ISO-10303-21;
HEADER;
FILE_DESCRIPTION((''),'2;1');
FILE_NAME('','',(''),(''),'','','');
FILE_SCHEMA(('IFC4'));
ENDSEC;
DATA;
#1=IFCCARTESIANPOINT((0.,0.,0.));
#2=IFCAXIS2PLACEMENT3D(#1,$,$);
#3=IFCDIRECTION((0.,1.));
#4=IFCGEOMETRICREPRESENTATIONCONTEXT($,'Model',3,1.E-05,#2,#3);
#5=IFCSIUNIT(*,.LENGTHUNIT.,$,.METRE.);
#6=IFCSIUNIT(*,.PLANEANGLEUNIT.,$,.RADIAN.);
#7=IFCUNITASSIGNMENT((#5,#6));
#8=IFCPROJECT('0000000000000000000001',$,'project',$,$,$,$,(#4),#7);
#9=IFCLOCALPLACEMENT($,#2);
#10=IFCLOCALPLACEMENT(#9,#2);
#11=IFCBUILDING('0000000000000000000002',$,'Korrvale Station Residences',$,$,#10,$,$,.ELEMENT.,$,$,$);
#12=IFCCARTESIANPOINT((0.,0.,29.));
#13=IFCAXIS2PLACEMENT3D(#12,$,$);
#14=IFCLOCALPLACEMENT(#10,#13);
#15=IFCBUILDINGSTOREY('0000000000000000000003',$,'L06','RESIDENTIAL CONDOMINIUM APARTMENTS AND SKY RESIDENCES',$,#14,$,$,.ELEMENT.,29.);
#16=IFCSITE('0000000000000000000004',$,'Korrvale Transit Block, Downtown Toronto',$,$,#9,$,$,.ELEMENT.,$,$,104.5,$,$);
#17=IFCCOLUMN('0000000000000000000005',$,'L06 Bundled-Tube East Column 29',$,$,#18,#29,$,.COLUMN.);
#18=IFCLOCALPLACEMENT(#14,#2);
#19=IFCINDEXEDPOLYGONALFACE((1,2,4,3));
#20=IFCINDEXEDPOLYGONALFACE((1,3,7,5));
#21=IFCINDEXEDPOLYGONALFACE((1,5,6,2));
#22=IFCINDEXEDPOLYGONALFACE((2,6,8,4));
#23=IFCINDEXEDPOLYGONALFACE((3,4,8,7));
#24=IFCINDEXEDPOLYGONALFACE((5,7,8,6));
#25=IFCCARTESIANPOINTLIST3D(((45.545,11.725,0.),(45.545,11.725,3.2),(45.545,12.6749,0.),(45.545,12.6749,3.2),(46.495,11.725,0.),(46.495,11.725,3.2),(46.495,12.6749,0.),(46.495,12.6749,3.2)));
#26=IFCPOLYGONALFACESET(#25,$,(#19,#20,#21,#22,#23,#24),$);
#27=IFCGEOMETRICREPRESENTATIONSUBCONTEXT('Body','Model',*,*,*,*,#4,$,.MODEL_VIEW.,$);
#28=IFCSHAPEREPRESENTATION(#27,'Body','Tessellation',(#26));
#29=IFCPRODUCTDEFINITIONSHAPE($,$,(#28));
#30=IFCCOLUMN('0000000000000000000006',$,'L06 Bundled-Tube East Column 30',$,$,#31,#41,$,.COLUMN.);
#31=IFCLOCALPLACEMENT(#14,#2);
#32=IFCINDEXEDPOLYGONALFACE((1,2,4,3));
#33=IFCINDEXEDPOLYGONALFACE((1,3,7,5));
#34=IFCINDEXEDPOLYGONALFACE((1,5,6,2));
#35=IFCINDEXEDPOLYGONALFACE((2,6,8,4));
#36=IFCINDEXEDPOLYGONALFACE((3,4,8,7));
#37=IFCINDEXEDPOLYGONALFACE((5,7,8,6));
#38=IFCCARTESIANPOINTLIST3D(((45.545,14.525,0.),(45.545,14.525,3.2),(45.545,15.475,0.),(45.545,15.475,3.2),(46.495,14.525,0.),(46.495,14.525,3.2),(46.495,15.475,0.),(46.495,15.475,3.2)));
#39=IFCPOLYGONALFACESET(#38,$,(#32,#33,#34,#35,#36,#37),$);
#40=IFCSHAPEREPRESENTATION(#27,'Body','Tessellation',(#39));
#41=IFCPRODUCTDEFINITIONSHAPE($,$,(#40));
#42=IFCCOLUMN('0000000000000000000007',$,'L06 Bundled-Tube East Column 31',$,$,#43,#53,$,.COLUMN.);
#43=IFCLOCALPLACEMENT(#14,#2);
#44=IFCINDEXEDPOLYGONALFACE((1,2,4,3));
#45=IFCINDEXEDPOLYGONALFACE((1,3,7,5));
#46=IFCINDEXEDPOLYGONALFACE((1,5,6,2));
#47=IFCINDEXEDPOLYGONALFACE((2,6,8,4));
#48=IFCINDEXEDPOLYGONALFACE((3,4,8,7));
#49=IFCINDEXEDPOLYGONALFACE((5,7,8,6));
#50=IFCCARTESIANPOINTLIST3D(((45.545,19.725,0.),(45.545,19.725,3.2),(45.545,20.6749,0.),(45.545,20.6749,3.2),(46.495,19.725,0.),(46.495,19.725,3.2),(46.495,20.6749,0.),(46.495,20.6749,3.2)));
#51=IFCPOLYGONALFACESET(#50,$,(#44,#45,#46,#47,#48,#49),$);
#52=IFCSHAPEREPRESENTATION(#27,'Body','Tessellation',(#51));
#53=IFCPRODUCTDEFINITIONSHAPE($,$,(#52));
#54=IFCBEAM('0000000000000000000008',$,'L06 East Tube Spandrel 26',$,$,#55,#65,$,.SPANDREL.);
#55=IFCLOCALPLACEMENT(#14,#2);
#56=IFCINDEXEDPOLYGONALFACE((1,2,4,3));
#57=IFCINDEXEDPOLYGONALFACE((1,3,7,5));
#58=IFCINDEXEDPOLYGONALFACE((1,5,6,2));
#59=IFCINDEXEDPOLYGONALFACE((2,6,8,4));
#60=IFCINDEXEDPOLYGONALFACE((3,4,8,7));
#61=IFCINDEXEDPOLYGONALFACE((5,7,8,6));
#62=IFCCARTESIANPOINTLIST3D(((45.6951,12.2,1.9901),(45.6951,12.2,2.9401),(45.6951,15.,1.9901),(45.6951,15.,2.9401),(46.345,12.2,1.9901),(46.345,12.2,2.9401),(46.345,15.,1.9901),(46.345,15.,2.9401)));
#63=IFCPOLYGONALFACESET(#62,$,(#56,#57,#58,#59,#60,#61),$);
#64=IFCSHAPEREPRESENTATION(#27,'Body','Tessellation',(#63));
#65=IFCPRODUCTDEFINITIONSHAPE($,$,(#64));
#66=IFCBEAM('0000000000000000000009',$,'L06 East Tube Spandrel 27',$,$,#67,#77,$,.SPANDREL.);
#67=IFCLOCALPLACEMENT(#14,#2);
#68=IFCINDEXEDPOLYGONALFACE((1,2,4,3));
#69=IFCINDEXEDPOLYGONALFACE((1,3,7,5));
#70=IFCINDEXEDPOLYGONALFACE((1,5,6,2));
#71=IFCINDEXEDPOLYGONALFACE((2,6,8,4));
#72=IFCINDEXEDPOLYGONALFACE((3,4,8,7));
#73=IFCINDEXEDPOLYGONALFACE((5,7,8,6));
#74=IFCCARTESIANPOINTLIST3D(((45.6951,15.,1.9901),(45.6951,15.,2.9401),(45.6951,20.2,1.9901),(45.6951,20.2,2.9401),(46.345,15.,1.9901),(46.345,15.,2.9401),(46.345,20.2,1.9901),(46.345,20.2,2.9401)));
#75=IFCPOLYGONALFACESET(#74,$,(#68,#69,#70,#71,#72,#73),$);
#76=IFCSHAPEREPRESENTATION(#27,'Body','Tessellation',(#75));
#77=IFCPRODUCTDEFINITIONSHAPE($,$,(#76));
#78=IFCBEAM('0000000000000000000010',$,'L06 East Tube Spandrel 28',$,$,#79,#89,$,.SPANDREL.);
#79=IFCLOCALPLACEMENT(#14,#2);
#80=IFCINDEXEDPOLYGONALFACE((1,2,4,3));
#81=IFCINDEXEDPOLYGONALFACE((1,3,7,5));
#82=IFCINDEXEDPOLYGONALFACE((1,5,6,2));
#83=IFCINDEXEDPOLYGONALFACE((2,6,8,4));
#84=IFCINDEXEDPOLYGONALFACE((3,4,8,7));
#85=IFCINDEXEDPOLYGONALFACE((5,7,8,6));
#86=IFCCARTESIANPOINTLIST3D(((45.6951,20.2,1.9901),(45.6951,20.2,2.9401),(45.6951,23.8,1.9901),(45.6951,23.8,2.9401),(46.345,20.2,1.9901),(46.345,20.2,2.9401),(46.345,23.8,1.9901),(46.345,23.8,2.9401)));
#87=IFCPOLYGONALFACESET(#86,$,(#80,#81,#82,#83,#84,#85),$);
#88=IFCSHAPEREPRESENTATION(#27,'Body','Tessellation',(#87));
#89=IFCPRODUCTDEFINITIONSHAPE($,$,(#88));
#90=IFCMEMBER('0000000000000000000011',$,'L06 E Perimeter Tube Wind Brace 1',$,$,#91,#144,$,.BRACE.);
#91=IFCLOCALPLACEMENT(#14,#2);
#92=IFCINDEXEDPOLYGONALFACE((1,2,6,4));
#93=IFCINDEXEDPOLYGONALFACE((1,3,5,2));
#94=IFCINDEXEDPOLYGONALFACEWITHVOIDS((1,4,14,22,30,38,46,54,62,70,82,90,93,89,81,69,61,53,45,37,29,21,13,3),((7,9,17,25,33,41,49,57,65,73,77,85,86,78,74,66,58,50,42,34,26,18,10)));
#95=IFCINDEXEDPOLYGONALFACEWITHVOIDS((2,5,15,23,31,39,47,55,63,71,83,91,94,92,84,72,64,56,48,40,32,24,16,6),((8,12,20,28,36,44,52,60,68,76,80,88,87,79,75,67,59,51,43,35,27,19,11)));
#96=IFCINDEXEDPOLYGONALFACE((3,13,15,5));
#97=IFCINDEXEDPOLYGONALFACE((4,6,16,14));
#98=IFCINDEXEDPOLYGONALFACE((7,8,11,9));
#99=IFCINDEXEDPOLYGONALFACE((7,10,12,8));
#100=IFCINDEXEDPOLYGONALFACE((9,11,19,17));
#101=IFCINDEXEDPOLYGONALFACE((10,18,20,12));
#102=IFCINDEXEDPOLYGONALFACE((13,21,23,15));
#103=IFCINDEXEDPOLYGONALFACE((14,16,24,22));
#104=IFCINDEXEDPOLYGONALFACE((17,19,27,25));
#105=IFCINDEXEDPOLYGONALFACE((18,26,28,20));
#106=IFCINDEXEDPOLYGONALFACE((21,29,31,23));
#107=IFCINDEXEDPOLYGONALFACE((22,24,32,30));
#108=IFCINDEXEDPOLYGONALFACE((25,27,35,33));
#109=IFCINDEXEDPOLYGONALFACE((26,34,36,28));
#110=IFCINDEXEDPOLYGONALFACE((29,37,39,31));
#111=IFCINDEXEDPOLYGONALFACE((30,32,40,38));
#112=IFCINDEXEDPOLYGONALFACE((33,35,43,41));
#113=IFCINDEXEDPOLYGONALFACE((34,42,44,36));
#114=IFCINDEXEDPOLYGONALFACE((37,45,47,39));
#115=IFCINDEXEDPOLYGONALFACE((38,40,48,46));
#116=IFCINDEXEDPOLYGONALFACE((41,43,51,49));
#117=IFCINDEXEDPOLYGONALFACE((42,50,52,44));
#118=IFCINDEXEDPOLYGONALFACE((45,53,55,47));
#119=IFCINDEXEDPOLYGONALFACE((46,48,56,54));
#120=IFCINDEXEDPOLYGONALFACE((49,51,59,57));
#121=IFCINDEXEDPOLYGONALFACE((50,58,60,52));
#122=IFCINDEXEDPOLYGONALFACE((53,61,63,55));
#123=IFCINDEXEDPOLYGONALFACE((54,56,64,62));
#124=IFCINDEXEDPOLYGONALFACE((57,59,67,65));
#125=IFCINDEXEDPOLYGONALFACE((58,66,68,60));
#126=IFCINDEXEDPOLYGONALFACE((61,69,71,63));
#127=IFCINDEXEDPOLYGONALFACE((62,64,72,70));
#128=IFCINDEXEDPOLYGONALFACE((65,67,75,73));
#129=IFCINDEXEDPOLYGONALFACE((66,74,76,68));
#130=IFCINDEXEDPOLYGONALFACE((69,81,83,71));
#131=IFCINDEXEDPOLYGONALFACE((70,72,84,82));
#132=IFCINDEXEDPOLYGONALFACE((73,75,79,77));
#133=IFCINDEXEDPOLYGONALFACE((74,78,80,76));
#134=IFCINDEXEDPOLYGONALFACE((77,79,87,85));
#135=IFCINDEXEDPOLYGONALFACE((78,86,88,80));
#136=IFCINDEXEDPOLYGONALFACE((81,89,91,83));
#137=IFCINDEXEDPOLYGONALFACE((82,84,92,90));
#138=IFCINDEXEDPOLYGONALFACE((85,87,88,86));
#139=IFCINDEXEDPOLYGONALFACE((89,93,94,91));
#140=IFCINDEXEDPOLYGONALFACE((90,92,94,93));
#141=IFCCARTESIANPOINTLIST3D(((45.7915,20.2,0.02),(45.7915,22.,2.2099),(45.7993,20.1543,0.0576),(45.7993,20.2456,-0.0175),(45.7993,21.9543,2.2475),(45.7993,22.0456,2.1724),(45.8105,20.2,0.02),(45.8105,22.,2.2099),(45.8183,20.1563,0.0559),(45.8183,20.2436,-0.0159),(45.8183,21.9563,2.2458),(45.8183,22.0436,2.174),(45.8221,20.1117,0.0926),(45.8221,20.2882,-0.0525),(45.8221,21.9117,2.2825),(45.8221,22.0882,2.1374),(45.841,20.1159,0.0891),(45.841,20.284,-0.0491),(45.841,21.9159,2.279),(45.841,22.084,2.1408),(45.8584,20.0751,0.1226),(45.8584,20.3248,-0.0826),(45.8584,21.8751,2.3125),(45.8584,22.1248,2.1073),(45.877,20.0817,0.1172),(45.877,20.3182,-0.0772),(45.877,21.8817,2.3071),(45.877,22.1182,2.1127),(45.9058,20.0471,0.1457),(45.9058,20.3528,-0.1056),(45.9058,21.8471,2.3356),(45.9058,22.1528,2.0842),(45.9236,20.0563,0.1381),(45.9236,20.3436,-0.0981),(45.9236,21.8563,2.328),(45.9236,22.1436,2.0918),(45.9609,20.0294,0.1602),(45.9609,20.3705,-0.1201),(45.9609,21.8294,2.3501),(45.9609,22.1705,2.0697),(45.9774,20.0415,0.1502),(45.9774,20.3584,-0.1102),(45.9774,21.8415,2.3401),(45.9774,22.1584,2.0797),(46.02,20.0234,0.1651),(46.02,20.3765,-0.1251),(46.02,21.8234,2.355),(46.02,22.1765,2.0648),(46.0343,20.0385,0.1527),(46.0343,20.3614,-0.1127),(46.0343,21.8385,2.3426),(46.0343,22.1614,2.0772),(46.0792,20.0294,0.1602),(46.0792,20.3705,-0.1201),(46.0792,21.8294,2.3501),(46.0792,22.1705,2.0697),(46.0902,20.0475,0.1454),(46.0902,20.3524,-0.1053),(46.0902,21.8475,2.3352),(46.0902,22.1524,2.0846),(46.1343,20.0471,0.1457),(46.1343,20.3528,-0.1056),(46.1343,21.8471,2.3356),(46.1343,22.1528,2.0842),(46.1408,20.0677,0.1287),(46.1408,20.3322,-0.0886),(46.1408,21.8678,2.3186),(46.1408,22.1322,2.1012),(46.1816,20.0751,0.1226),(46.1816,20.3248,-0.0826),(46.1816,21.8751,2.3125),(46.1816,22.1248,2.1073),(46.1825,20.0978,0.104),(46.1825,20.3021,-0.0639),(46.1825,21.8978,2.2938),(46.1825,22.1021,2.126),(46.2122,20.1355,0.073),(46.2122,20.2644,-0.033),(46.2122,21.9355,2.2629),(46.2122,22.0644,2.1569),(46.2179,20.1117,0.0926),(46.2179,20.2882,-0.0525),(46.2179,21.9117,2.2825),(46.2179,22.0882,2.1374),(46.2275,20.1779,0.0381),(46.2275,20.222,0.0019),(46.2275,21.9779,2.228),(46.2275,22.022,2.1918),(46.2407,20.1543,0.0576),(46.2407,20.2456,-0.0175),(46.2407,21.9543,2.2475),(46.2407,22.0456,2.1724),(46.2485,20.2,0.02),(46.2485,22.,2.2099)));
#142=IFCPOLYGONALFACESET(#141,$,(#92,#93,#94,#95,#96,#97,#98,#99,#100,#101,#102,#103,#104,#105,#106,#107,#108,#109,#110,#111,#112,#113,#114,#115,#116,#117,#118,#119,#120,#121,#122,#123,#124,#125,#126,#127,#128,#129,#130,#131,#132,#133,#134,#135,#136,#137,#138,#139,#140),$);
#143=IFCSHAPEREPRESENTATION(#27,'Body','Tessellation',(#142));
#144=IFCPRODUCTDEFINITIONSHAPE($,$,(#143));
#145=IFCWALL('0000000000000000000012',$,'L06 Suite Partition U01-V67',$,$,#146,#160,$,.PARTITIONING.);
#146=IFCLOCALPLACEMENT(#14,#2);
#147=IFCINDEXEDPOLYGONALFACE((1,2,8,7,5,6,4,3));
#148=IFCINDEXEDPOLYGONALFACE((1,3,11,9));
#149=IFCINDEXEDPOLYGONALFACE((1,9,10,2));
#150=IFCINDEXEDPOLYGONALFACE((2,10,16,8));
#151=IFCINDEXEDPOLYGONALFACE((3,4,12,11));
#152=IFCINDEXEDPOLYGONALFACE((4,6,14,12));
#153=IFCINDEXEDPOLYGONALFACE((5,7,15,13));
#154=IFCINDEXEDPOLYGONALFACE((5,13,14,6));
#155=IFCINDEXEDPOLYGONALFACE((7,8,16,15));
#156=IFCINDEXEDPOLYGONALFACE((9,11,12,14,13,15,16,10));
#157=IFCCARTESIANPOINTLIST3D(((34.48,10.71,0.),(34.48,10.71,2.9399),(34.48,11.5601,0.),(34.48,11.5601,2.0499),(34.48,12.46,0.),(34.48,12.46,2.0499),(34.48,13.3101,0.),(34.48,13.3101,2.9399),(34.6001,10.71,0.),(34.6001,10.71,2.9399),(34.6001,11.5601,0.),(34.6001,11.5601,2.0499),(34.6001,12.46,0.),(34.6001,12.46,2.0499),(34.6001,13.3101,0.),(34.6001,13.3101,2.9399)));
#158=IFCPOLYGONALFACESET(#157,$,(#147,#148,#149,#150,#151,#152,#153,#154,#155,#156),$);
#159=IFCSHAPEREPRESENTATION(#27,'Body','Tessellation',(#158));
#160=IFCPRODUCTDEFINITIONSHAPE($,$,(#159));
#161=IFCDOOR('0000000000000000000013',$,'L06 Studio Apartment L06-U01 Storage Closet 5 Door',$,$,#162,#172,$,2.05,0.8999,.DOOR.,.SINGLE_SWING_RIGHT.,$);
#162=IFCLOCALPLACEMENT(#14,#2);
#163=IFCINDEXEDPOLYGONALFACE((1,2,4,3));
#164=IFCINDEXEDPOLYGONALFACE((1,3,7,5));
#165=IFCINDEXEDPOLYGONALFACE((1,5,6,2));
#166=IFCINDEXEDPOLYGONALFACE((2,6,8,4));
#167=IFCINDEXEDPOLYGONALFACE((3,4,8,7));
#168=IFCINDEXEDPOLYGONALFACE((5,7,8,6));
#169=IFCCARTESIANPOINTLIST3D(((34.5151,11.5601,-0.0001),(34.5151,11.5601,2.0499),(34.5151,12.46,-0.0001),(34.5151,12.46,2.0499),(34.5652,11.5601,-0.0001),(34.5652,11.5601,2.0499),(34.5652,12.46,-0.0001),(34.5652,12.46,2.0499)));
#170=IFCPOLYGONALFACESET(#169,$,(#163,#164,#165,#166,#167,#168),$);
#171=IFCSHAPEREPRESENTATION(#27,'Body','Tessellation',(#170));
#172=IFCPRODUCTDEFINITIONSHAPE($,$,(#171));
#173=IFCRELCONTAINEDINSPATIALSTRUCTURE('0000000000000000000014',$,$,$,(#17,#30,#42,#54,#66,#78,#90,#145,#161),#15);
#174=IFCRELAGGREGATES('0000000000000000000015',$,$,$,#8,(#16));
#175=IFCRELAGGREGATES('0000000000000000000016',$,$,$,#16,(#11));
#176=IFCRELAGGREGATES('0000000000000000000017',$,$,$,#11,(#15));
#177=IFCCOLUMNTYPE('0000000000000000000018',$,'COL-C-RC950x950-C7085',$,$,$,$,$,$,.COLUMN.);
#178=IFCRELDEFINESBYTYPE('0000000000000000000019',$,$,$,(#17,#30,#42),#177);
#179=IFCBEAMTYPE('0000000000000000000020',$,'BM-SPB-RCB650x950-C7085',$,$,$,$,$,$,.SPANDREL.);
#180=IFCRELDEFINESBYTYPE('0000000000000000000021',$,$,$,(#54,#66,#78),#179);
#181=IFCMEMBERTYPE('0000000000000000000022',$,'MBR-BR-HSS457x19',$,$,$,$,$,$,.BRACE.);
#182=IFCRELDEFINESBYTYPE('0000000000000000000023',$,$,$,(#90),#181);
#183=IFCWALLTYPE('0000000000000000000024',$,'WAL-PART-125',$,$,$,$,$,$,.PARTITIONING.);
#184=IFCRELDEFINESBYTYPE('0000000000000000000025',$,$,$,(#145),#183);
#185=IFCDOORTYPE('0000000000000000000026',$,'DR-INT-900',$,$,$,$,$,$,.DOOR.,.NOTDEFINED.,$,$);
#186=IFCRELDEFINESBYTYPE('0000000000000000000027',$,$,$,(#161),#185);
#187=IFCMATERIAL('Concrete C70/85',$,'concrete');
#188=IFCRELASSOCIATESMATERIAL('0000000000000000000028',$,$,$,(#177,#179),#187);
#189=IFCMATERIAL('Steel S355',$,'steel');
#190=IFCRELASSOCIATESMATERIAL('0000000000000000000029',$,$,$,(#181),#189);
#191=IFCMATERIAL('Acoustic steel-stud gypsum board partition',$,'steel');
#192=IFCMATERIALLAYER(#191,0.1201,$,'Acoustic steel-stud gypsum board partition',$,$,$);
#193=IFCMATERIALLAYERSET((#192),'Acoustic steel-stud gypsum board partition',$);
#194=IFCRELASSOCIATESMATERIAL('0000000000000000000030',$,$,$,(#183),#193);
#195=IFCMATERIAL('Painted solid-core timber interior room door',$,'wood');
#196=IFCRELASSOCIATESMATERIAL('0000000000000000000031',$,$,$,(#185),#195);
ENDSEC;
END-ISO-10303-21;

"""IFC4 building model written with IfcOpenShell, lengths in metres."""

from ifc_helpers import new_model, si_unit, direction, frame, frame_2d, origin, origin_2d, place, context, subcontext, project, spatial, rectangle, hollow_circle, extrude, material, layer, layer_set, material_profile, profile_set, type_object, element, fill, save


model = new_model("IFC4")

# Units and contexts
model_context = context("Model", 3, precision=1e-05, world=origin(), true_north=direction((0.0, 1.0)))
body_context = subcontext(model_context, "Body", "Model", "MODEL_VIEW")
ifc_project = project(units=[si_unit("LENGTHUNIT", "METRE"), si_unit("PLANEANGLEUNIT", "RADIAN")], contexts=[model_context])

# Site, building, storey
site_placement = place(None, origin())
site = spatial("IfcSite", under=ifc_project, at=site_placement, Name="Korrvale Transit Block, Downtown Toronto", CompositionType="ELEMENT", RefElevation=104.5)
building_placement = place(site_placement, origin())
building = spatial("IfcBuilding", under=site, at=building_placement, Name="Korrvale Station Residences", CompositionType="ELEMENT")
storey_placement = place(building_placement, frame((0.0, 0.0, 29.0)))
storey = spatial("IfcBuildingStorey", under=building, at=storey_placement, Name="L06", Description="RESIDENTIAL CONDOMINIUM APARTMENTS AND SKY RESIDENCES", CompositionType="ELEMENT", Elevation=29.0)

# Columns
ifc_material_1 = material(Name="Concrete C70/85", Category="concrete")
ifc_material_profile_1 = material_profile(ifc_material_1, rectangle(XDim=0.95, YDim=0.95, at=origin_2d()), Name="RC950x950")
ifc_profile_set_1 = profile_set([ifc_material_profile_1], Name="Concrete C70/85")
column_type = type_object("IfcColumnType", Name="COL-C-RC950x950-C7085", PredefinedType="COLUMN", material=ifc_profile_set_1)
for number, where, z_axis, x_axis, name in (
    (1, (46.02, 12.2, 0.0), (0.0, 0.0, 1.0), (1.0, 0.0, 0.0), "L06 Bundled-Tube East Column 29"),
    (2, (46.02, 15.0, 0.0), (0.0, 0.0, 1.0), (1.0, 0.0, 0.0), "L06 Bundled-Tube East Column 30"),
    (3, (46.02, 20.2, 0.0), (0.0, 0.0, 1.0), (1.0, 0.0, 0.0), "L06 Bundled-Tube East Column 31"),
):
    element("IfcColumn", number, at=place(storey_placement, frame(where, z_axis=z_axis, x_axis=x_axis)), inside=storey, type_object=column_type, Name=name, PredefinedType="COLUMN", context=body_context, shape_type="SweptSolid", body=[
        extrude(rectangle(XDim=0.95, YDim=0.95, at=origin_2d()), origin(), (0.0, 0.0, 1.0), 3.2),
    ])

# Beams
ifc_material_profile_2 = material_profile(ifc_material_1, rectangle(XDim=0.6499, YDim=0.95, at=origin_2d()), Name="RCB650x950")
ifc_profile_set_2 = profile_set([ifc_material_profile_2], Name="Concrete C70/85")
beam_type = type_object("IfcBeamType", Name="BM-SPB-RCB650x950-C7085", PredefinedType="SPANDREL", material=ifc_profile_set_2)
beam_1_placement = place(storey_placement, frame((46.02, 12.2, 2.4651), z_axis=(0.0, 1.0, 0.0), x_axis=(-1.0, 0.0, 0.0)))
element("IfcBeam", 4, at=beam_1_placement, inside=storey, type_object=beam_type, Name="L06 East Tube Spandrel 26", PredefinedType="SPANDREL", context=body_context, shape_type="SweptSolid", body=[
    extrude(rectangle(XDim=0.6499, YDim=0.95, at=origin_2d()), origin(), (0.0, 0.0, 1.0), 2.8),
])
beam_2_placement = place(storey_placement, frame((46.02, 15.0, 2.4651), z_axis=(0.0, 1.0, 0.0), x_axis=(-1.0, 0.0, 0.0)))
element("IfcBeam", 5, at=beam_2_placement, inside=storey, type_object=beam_type, Name="L06 East Tube Spandrel 27", PredefinedType="SPANDREL", context=body_context, shape_type="SweptSolid", body=[
    extrude(rectangle(XDim=0.6499, YDim=0.95, at=origin_2d()), origin(), (0.0, 0.0, 1.0), 5.2),
])
beam_3_placement = place(storey_placement, frame((46.02, 20.2, 2.4651), z_axis=(0.0, 1.0, 0.0), x_axis=(-1.0, 0.0, 0.0)))
element("IfcBeam", 6, at=beam_3_placement, inside=storey, type_object=beam_type, Name="L06 East Tube Spandrel 28", PredefinedType="SPANDREL", context=body_context, shape_type="SweptSolid", body=[
    extrude(rectangle(XDim=0.6499, YDim=0.95, at=origin_2d()), origin(), (0.0, 0.0, 1.0), 3.6001),
])

# Member
ifc_material_2 = material(Name="Steel S355", Category="steel")
ifc_material_profile_3 = material_profile(ifc_material_2, hollow_circle(Radius=0.2285, WallThickness=0.019, at=origin_2d()), Name="HSS457x19")
ifc_profile_set_3 = profile_set([ifc_material_profile_3], Name="Steel S355")
member_type = type_object("IfcMemberType", Name="MBR-BR-HSS457x19", PredefinedType="BRACE", material=ifc_profile_set_3)
member_placement = place(storey_placement, frame((46.02, 20.2, 0.02), z_axis=(0.0, 0.634985, 0.772524), x_axis=(-1.0, 0.0, 0.0)))
element("IfcMember", 7, at=member_placement, inside=storey, type_object=member_type, Name="L06 E Perimeter Tube Wind Brace 1", PredefinedType="BRACE", context=body_context, shape_type="SweptSolid", body=[
    extrude(hollow_circle(Radius=0.2285, WallThickness=0.019, at=origin_2d()), origin(), (0.0, 0.0, 1.0), 2.8347),
])

# Wall, opening, door
ifc_material_3 = material(Name="Acoustic steel-stud gypsum board partition", Category="steel")
ifc_layer_1 = layer(ifc_material_3, 0.1201, Name="Acoustic steel-stud gypsum board partition")
ifc_layer_set_1 = layer_set([ifc_layer_1], Name="Acoustic steel-stud gypsum board partition")
wall_type_1 = type_object("IfcWallType", Name="WAL-PART-125", PredefinedType="PARTITIONING", material=ifc_layer_set_1)
wall_1_placement = place(storey_placement, frame((34.54, 10.71, 0.0), z_axis=(0.0, 0.0, 1.0), x_axis=(0.0, 1.0, 0.0)))
wall_1 = element("IfcWall", 8, at=wall_1_placement, inside=storey, type_object=wall_type_1, Name="L06 Suite Partition U01-V67", PredefinedType="PARTITIONING", context=body_context, shape_type="SweptSolid", body=[
    extrude(rectangle(XDim=2.6001, YDim=0.1201, at=frame_2d((1.3, 0.0))), origin(), (0.0, 0.0, 1.0), 2.9399),
])
opening_1_placement = place(wall_1_placement, frame((0.8501, 0.0, 0.0)))
opening_1 = element("IfcOpeningElement", 9, at=opening_1_placement, cuts=wall_1, PredefinedType="OPENING", context=body_context, shape_type="SweptSolid", body=[
    extrude(rectangle(XDim=0.8999, YDim=2.05, at=frame_2d((0.45, 1.0249))), frame((0.0, 0.0701, 0.0), z_axis=(0.0, -1.0, 0.0), x_axis=(1.0, 0.0, 0.0)), (0.0, 0.0, 1.0), 0.1401),
])
ifc_material_4 = material(Name="Painted solid-core timber interior room door", Category="wood")
door_type_1 = type_object("IfcDoorType", Name="DR-INT-900", OperationType="NOTDEFINED", PredefinedType="DOOR", material=ifc_material_4)
door_1_placement = place(opening_1_placement, origin())
door_1 = element("IfcDoor", 10, at=door_1_placement, inside=storey, type_object=door_type_1, Name="L06 Studio Apartment L06-U01 Storage Closet 5 Door", OperationType="SINGLE_SWING_RIGHT", OverallHeight=2.05, OverallWidth=0.8999, PredefinedType="DOOR", context=body_context, shape_type="SweptSolid", body=[
    extrude(rectangle(XDim=0.8999, YDim=2.05, at=frame_2d((0.45, 1.0249))), frame((0.0, 0.0249, 0.0), z_axis=(0.0, -1.0, 0.0), x_axis=(1.0, 0.0, 0.0)), (0.0, 0.0, 1.0), 0.05),
])
fill(opening_1, door_1)

save(model, "model.ifc")
